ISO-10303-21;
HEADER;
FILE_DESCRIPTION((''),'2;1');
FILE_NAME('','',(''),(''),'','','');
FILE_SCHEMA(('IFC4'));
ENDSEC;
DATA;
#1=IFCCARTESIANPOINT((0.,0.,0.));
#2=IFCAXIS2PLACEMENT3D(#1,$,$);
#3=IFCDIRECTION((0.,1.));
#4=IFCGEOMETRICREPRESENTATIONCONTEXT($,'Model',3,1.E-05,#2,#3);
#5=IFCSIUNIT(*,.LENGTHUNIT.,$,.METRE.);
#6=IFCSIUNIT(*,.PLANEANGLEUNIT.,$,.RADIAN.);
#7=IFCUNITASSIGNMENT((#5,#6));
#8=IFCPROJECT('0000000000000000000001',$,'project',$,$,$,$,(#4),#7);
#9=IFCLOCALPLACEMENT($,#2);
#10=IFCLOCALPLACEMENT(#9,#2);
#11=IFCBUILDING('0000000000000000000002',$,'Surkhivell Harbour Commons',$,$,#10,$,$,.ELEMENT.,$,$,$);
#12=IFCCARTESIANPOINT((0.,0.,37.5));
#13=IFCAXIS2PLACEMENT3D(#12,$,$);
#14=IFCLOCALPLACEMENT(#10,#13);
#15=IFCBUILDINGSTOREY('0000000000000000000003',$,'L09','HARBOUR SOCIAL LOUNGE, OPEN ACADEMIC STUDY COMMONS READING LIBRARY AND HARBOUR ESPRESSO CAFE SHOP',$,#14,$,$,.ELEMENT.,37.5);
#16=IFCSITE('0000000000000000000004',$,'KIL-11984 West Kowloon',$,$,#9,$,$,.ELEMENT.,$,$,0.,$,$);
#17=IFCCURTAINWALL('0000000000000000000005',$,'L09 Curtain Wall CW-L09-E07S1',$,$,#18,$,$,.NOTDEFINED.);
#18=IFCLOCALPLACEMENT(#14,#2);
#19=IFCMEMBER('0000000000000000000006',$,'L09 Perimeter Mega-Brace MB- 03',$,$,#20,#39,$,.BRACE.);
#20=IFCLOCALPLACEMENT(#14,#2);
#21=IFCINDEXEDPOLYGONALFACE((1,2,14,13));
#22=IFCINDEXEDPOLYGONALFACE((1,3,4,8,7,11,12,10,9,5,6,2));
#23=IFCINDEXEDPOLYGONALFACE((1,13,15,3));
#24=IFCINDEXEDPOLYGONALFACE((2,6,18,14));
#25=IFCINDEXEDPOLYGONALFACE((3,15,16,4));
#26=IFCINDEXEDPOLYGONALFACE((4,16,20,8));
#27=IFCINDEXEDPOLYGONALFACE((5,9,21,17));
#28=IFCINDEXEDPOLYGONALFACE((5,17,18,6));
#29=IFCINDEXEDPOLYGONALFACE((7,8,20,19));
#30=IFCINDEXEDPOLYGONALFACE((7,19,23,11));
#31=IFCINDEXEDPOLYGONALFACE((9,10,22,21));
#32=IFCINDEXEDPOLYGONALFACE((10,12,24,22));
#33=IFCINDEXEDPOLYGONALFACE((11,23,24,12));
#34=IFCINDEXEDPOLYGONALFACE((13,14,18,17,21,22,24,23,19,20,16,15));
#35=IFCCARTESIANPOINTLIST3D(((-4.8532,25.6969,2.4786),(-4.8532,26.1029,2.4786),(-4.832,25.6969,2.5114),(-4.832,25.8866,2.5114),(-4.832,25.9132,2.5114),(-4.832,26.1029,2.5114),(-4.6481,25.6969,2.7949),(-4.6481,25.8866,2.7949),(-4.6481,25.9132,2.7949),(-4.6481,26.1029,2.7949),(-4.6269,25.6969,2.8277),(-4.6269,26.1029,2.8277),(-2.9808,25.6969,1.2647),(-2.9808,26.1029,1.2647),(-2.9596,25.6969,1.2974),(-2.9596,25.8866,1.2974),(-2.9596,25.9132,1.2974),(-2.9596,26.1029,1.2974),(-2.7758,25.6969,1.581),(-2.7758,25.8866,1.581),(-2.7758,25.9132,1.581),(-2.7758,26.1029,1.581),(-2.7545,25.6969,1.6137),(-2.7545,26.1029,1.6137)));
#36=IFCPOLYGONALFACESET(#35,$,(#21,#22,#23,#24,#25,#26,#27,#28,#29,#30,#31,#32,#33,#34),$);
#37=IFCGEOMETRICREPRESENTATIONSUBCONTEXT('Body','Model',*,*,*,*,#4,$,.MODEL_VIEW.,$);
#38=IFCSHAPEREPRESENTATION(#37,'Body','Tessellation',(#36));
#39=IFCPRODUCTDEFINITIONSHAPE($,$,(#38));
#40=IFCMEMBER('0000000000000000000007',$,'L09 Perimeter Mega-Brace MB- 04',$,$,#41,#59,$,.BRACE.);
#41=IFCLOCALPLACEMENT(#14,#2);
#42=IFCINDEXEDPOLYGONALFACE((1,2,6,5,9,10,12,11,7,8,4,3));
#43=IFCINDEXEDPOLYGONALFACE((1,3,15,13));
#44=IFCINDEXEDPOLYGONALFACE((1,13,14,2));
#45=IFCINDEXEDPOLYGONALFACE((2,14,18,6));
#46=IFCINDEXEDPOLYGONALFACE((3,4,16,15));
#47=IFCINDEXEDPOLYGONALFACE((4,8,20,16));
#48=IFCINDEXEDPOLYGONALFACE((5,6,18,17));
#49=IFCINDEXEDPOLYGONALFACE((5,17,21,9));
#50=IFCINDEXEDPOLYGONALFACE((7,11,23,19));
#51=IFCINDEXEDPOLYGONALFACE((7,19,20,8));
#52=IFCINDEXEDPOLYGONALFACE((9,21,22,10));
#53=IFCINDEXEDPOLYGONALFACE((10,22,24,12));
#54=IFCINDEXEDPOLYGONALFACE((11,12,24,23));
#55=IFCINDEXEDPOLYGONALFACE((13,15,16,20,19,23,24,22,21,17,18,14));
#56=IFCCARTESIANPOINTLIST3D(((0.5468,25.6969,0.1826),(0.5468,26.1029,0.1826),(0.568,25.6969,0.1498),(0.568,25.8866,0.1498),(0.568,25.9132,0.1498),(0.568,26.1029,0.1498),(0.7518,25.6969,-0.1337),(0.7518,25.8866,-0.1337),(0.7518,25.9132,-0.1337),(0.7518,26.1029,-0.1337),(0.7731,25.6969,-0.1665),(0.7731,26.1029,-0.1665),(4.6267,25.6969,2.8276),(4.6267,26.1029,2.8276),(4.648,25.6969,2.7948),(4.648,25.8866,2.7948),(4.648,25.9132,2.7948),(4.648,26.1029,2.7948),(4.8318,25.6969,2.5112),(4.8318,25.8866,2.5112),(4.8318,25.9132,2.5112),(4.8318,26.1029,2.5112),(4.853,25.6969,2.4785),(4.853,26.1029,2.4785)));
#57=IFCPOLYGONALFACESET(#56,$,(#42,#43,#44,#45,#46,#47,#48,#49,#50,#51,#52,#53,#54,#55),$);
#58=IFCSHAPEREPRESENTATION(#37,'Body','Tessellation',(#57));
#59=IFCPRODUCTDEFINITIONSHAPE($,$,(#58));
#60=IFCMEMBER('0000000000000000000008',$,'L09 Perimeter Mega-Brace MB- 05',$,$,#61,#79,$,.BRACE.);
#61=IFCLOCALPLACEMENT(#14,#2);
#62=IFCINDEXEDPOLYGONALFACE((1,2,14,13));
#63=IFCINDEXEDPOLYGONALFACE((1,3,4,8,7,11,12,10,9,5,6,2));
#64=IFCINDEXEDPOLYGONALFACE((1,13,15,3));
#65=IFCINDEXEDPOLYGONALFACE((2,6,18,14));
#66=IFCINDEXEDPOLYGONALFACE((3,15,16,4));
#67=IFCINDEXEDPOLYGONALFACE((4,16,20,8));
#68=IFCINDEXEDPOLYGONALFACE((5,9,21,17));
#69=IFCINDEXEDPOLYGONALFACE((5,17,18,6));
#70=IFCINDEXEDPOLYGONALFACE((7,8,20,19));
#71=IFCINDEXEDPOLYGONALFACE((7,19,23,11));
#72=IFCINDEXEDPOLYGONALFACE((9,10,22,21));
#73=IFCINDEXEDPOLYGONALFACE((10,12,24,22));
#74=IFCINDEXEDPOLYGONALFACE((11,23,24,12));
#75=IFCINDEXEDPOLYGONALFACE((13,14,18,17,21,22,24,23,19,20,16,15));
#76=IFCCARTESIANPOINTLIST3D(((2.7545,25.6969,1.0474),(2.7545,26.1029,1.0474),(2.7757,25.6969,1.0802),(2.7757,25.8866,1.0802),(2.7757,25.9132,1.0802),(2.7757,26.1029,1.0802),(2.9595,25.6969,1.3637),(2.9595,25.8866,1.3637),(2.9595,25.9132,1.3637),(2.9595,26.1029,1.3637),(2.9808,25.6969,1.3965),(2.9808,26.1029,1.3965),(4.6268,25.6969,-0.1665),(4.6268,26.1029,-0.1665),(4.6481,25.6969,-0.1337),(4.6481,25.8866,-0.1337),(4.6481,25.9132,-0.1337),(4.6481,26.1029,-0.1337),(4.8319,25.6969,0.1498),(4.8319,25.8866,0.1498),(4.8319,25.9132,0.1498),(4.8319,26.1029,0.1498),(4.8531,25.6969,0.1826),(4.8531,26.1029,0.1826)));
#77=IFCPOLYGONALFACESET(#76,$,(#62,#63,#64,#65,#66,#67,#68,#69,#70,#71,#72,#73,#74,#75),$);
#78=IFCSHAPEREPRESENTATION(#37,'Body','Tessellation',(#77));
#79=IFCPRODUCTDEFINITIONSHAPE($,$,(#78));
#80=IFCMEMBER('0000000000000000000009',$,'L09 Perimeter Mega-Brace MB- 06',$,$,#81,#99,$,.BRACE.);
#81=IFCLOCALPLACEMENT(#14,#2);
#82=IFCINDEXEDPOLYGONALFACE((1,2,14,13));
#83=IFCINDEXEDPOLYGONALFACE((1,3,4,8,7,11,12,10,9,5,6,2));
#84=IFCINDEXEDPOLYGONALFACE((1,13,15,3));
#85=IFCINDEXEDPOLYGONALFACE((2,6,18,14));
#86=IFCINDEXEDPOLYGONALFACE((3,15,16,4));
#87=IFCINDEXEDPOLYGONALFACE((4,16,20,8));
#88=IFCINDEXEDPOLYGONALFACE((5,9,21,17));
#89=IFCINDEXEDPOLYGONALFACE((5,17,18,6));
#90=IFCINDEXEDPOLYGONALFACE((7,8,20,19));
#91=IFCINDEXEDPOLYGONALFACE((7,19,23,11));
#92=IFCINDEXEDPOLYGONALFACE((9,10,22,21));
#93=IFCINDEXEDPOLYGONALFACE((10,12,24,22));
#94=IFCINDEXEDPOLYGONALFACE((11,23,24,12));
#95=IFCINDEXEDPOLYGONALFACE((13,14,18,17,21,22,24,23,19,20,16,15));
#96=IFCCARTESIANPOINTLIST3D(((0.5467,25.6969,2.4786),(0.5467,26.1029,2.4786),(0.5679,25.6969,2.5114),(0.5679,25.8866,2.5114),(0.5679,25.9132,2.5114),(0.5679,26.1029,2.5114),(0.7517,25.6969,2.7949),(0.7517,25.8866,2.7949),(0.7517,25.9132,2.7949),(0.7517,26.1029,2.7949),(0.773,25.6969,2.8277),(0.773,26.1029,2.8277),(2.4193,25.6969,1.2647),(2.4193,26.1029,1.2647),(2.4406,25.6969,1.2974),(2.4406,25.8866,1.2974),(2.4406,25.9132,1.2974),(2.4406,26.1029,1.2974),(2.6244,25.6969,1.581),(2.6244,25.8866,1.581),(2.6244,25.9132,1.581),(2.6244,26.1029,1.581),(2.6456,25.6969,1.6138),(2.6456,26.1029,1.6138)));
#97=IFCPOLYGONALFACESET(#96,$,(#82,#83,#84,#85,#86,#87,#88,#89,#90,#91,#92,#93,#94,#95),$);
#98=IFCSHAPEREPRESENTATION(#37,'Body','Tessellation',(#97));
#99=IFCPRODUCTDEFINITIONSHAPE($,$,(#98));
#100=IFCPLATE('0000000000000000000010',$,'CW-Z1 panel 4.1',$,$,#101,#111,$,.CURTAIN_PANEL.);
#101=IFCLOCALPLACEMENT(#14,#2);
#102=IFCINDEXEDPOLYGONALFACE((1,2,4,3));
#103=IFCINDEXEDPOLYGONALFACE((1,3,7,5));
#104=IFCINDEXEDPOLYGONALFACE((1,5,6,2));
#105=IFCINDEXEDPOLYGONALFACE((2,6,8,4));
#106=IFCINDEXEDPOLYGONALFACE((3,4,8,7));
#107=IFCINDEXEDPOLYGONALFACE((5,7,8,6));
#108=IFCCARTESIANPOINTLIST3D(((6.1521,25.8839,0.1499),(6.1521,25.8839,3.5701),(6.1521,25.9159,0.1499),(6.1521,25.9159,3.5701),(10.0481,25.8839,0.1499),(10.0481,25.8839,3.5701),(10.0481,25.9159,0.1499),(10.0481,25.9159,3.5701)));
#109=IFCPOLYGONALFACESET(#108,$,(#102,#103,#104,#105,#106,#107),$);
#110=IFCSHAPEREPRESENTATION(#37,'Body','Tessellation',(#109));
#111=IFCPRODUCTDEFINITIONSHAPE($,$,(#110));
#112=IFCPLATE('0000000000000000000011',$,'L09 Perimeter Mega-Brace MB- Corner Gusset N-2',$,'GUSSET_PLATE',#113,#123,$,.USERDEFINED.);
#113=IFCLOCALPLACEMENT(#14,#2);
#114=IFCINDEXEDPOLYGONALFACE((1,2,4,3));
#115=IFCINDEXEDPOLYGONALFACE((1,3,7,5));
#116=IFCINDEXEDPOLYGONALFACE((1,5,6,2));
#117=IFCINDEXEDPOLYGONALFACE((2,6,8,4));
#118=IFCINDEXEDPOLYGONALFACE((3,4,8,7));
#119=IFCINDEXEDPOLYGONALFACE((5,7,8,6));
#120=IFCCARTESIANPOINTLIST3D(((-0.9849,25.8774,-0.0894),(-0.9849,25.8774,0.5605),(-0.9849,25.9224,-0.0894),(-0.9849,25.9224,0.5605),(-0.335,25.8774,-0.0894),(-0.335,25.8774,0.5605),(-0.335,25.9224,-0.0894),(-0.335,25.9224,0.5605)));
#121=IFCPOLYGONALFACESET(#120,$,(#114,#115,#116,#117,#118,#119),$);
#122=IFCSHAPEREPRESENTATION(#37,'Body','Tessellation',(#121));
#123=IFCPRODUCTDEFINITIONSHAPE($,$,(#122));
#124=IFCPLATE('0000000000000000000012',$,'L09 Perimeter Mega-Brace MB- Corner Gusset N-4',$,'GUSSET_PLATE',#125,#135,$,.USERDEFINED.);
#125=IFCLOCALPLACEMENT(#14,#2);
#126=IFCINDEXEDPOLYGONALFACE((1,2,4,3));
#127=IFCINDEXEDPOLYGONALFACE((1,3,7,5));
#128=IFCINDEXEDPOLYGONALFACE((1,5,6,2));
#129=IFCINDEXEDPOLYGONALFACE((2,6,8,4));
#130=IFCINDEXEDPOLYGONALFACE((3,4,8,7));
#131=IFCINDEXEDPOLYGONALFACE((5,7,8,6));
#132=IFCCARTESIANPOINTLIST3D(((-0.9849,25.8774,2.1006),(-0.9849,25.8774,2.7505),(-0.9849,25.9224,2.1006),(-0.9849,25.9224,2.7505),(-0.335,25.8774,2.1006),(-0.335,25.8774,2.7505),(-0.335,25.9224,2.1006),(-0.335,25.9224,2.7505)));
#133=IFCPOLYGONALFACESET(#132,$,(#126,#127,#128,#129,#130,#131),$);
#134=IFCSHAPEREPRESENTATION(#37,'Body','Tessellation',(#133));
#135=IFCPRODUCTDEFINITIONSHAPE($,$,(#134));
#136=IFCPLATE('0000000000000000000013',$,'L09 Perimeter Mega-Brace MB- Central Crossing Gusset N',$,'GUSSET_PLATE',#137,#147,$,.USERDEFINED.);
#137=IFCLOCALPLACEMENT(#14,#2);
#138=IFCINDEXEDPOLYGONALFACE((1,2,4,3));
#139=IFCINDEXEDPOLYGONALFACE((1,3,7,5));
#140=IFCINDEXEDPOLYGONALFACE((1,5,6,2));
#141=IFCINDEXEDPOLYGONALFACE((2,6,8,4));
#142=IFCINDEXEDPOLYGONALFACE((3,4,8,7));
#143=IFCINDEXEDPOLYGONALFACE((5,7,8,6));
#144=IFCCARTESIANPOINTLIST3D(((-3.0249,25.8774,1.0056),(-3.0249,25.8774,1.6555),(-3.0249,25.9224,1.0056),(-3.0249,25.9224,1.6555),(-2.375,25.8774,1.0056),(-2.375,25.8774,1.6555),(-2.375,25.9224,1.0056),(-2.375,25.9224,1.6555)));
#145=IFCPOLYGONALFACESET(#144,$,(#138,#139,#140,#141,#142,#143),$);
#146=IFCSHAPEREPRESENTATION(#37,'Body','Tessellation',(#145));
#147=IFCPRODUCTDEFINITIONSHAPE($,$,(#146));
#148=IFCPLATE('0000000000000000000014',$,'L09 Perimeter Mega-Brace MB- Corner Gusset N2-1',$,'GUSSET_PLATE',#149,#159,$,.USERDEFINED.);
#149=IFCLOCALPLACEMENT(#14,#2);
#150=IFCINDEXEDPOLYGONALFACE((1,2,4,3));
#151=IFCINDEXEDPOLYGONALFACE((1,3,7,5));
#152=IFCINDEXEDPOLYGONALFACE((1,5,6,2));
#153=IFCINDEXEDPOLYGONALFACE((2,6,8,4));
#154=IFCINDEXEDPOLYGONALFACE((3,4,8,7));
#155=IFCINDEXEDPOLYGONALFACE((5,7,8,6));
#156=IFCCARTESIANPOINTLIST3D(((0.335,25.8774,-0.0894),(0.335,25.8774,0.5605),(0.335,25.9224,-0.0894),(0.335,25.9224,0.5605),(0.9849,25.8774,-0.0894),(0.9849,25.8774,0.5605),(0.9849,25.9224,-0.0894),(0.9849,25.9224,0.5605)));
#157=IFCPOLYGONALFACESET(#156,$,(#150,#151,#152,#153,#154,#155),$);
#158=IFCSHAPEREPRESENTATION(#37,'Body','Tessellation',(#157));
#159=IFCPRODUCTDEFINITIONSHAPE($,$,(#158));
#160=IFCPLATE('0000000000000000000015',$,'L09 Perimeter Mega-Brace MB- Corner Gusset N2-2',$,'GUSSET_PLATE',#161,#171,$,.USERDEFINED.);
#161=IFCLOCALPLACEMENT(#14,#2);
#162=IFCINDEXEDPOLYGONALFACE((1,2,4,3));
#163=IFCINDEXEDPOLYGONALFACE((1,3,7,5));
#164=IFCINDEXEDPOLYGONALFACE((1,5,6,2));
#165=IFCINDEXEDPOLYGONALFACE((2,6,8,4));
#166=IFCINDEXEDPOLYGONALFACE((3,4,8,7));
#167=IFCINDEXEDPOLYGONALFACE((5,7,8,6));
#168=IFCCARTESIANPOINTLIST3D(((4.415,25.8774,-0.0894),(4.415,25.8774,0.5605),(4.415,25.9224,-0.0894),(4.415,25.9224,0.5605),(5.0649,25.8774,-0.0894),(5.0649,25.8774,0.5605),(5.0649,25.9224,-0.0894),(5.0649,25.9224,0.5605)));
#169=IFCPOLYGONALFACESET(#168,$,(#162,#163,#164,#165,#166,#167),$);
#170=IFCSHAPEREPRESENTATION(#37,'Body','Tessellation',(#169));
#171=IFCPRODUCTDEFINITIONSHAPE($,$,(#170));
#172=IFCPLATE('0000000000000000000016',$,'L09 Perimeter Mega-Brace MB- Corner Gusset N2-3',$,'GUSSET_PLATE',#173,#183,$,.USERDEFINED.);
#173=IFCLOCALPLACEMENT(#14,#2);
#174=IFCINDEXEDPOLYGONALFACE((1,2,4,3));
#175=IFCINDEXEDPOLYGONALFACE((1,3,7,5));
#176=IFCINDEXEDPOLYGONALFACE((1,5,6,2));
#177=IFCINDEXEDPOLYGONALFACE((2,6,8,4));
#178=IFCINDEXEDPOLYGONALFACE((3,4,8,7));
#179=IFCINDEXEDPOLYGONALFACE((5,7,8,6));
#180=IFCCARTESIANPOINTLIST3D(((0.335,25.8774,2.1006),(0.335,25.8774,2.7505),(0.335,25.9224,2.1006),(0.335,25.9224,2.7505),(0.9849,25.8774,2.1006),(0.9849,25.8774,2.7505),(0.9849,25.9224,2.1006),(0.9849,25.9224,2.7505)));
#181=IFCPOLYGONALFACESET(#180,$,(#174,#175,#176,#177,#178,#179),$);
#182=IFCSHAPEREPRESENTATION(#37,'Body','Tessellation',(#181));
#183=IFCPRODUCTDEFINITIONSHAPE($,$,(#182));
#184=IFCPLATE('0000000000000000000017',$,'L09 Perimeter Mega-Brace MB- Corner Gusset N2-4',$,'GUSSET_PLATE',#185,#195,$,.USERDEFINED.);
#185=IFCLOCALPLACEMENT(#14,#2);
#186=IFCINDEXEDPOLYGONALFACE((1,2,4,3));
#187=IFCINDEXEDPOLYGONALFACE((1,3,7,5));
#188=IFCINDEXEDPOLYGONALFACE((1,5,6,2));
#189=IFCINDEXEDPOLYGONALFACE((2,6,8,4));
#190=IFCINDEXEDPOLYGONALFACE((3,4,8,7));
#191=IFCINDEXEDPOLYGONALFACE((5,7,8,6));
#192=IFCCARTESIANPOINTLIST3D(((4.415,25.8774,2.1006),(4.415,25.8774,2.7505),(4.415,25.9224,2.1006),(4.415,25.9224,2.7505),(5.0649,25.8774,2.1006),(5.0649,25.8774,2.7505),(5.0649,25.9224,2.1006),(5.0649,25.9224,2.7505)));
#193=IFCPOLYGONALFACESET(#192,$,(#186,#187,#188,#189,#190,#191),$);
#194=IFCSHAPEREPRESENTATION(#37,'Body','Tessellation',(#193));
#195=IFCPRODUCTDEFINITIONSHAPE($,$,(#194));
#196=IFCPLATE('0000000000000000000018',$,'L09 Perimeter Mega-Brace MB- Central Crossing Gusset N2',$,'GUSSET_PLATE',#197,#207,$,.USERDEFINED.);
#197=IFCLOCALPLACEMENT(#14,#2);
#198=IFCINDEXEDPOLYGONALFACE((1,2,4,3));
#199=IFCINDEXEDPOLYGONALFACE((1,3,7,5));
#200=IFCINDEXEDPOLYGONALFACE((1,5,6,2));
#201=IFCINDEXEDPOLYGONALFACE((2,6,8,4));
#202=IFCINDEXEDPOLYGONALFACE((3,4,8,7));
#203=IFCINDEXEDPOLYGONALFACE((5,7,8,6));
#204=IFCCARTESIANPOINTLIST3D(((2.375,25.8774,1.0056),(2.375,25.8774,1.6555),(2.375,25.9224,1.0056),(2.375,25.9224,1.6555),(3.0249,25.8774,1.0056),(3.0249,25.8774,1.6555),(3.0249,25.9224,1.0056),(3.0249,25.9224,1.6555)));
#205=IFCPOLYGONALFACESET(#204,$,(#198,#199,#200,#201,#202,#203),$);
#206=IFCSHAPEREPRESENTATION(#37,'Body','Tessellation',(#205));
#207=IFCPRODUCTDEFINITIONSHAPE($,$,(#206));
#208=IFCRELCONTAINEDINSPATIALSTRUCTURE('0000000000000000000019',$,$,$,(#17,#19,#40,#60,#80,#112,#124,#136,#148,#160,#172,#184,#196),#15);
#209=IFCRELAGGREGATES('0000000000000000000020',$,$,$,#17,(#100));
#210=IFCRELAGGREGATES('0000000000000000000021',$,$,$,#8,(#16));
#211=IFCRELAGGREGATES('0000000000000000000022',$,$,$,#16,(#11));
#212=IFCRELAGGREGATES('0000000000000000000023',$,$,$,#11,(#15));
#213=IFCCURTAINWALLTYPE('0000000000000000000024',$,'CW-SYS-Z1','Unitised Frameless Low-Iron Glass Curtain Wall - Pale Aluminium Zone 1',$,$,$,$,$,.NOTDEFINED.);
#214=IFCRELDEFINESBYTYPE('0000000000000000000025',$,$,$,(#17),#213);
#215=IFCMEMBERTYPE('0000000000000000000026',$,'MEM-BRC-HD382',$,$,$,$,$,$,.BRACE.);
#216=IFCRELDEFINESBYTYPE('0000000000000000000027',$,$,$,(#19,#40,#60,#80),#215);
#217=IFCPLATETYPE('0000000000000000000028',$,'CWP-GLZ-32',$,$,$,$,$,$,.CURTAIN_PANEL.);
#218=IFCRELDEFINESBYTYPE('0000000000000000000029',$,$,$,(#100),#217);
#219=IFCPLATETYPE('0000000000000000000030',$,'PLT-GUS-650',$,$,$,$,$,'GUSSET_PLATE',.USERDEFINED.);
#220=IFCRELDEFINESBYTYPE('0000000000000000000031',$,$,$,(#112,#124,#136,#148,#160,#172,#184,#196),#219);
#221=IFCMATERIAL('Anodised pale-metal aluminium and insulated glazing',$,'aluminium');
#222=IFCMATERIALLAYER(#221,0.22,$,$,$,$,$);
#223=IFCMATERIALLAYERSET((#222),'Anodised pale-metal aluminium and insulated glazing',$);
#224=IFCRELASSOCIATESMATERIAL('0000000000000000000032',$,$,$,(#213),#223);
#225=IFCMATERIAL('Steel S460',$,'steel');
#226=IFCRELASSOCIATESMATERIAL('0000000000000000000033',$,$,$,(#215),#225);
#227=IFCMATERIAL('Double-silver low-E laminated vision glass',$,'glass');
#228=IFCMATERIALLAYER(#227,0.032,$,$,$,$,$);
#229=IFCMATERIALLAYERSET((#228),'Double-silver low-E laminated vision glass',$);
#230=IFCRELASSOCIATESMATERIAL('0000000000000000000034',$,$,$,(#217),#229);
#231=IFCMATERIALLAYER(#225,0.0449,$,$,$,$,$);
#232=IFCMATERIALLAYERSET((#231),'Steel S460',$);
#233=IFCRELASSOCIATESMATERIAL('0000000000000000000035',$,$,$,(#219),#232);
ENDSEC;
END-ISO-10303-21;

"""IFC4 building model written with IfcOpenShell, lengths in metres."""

from ifc_helpers import new_model, si_unit, direction, frame, frame_2d, origin, origin_2d, place, context, subcontext, project, spatial, rectangle, i_section, extrude, material, layer, layer_set, material_profile, profile_set, type_object, element, aggregate, save


model = new_model("IFC4")

# Units and contexts
model_context = context("Model", 3, precision=1e-05, world=origin(), true_north=direction((0.0, 1.0)))
body_context = subcontext(model_context, "Body", "Model", "MODEL_VIEW")
ifc_project = project(units=[si_unit("LENGTHUNIT", "METRE"), si_unit("PLANEANGLEUNIT", "RADIAN")], contexts=[model_context])

# Site, building, storey
site_placement = place(None, origin())
site = spatial("IfcSite", under=ifc_project, at=site_placement, Name="KIL-11984 West Kowloon", CompositionType="ELEMENT", RefElevation=0.0)
building_placement = place(site_placement, origin())
building = spatial("IfcBuilding", under=site, at=building_placement, Name="Surkhivell Harbour Commons", CompositionType="ELEMENT")
storey_placement = place(building_placement, frame((0.0, 0.0, 37.5)))
storey = spatial("IfcBuildingStorey", under=building, at=storey_placement, Name="L09", Description="HARBOUR SOCIAL LOUNGE, OPEN ACADEMIC STUDY COMMONS READING LIBRARY AND HARBOUR ESPRESSO CAFE SHOP", CompositionType="ELEMENT", Elevation=37.5)

# Shared definitions
ifc_material_1 = material(Name="Steel S460", Category="steel")

# Curtain wall
ifc_material_2 = material(Name="Anodised pale-metal aluminium and insulated glazing", Category="aluminium")
ifc_layer_1 = layer(ifc_material_2, 0.22)
ifc_layer_set_1 = layer_set([ifc_layer_1], Name="Anodised pale-metal aluminium and insulated glazing")
curtain_wall_type = type_object("IfcCurtainWallType", Name="CW-SYS-Z1", Description="Unitised Frameless Low-Iron Glass Curtain Wall - Pale Aluminium Zone 1", PredefinedType="NOTDEFINED", material=ifc_layer_set_1)
curtain_wall_placement = place(storey_placement, origin())
curtain_wall = element("IfcCurtainWall", 1, at=curtain_wall_placement, inside=storey, type_object=curtain_wall_type, Name="L09 Curtain Wall CW-L09-E07S1", PredefinedType="NOTDEFINED")

# Members
ifc_material_profile_1 = material_profile(ifc_material_1, i_section(OverallWidth=0.406, OverallDepth=0.416, WebThickness=0.0266, FlangeThickness=0.0391, at=origin_2d()), Name="HD400x382")
ifc_profile_set_1 = profile_set([ifc_material_profile_1], Name="Steel S460")
member_type_1 = type_object("IfcMemberType", Name="MEM-BRC-HD382", PredefinedType="BRACE", material=ifc_profile_set_1)
member_1_placement = place(storey_placement, frame((-2.8677, 25.8999, 1.4392), z_axis=(-0.839085, 0.0, 0.544), x_axis=(0.0, -1.0, 0.0)))
element("IfcMember", 2, at=member_1_placement, inside=storey, type_object=member_type_1, Name="L09 Perimeter Mega-Brace MB- 03", PredefinedType="BRACE", context=body_context, shape_type="SweptSolid", body=[
    extrude(i_section(OverallWidth=0.406, OverallDepth=0.416, WebThickness=0.0266, FlangeThickness=0.0391, at=origin_2d()), origin(), (0.0, 0.0, 1.0), 2.2314),
])
member_2_placement = place(storey_placement, frame((0.6599, 25.8999, 0.0081), z_axis=(0.839104, 0.0, 0.543971), x_axis=(0.0, 1.0, 0.0)))
element("IfcMember", 3, at=member_2_placement, inside=storey, type_object=member_type_1, Name="L09 Perimeter Mega-Brace MB- 04", PredefinedType="BRACE", context=body_context, shape_type="SweptSolid", body=[
    extrude(i_section(OverallWidth=0.406, OverallDepth=0.416, WebThickness=0.0266, FlangeThickness=0.0391, at=origin_2d()), origin(), (0.0, 0.0, 1.0), 4.8623),
])
member_3_placement = place(storey_placement, frame((4.74, 25.8999, 0.0081), z_axis=(-0.839085, 0.0, 0.544), x_axis=(0.0, -1.0, 0.0)))
element("IfcMember", 4, at=member_3_placement, inside=storey, type_object=member_type_1, Name="L09 Perimeter Mega-Brace MB- 05", PredefinedType="BRACE", context=body_context, shape_type="SweptSolid", body=[
    extrude(i_section(OverallWidth=0.406, OverallDepth=0.416, WebThickness=0.0266, FlangeThickness=0.0391, at=origin_2d()), origin(), (0.0, 0.0, 1.0), 2.2314),
])
member_4_placement = place(storey_placement, frame((2.5325, 25.8999, 1.4392), z_axis=(-0.839118, 0.0, 0.54395), x_axis=(0.0, -1.0, 0.0)))
element("IfcMember", 5, at=member_4_placement, inside=storey, type_object=member_type_1, Name="L09 Perimeter Mega-Brace MB- 06", PredefinedType="BRACE", context=body_context, shape_type="SweptSolid", body=[
    extrude(i_section(OverallWidth=0.406, OverallDepth=0.416, WebThickness=0.0266, FlangeThickness=0.0391, at=origin_2d()), origin(), (0.0, 0.0, 1.0), 2.2317),
])

# Plate
ifc_material_3 = material(Name="Double-silver low-E laminated vision glass", Category="glass")
ifc_layer_2 = layer(ifc_material_3, 0.032)
ifc_layer_set_2 = layer_set([ifc_layer_2], Name="Double-silver low-E laminated vision glass")
plate_type_1 = type_object("IfcPlateType", Name="CWP-GLZ-32", PredefinedType="CURTAIN_PANEL", material=ifc_layer_set_2)
plate_placement = place(storey_placement, frame((10.0481, 25.8999, 0.1499), z_axis=(0.0, 0.0, 1.0), x_axis=(-1.0, 0.0, 0.0)))
plate = element("IfcPlate", 6, at=plate_placement, type_object=plate_type_1, Name="CW-Z1 panel 4.1", PredefinedType="CURTAIN_PANEL", context=body_context, shape_type="SweptSolid", body=[
    extrude(rectangle(XDim=3.896, YDim=0.032, at=frame_2d((1.948, 0.0))), origin(), (0.0, 0.0, 1.0), 3.4202),
])
aggregate(curtain_wall, [plate])

# Plates
ifc_layer_3 = layer(ifc_material_1, 0.0449)
ifc_layer_set_3 = layer_set([ifc_layer_3], Name="Steel S460")
plate_type_2 = type_object("IfcPlateType", Name="PLT-GUS-650", ElementType="GUSSET_PLATE", PredefinedType="USERDEFINED", material=ifc_layer_set_3)
for number, where, z_axis, x_axis, name in (
    (7, (-0.6599, 25.8999, -0.0894), (0.0, 0.0, 1.0), (1.0, 0.0, 0.0), "L09 Perimeter Mega-Brace MB- Corner Gusset N-2"),
    (8, (-0.6599, 25.8999, 2.1006), (0.0, 0.0, 1.0), (1.0, 0.0, 0.0), "L09 Perimeter Mega-Brace MB- Corner Gusset N-4"),
    (9, (-2.7, 25.8999, 1.0056), (0.0, 0.0, 1.0), (1.0, 0.0, 0.0), "L09 Perimeter Mega-Brace MB- Central Crossing Gusset N"),
    (10, (0.6599, 25.8999, -0.0894), (0.0, 0.0, 1.0), (1.0, 0.0, 0.0), "L09 Perimeter Mega-Brace MB- Corner Gusset N2-1"),
    (11, (4.74, 25.8999, -0.0894), (0.0, 0.0, 1.0), (1.0, 0.0, 0.0), "L09 Perimeter Mega-Brace MB- Corner Gusset N2-2"),
    (12, (0.6599, 25.8999, 2.1006), (0.0, 0.0, 1.0), (1.0, 0.0, 0.0), "L09 Perimeter Mega-Brace MB- Corner Gusset N2-3"),
    (13, (4.74, 25.8999, 2.1006), (0.0, 0.0, 1.0), (1.0, 0.0, 0.0), "L09 Perimeter Mega-Brace MB- Corner Gusset N2-4"),
    (14, (2.7, 25.8999, 1.0056), (0.0, 0.0, 1.0), (1.0, 0.0, 0.0), "L09 Perimeter Mega-Brace MB- Central Crossing Gusset N2"),
):
    element("IfcPlate", number, at=place(storey_placement, frame(where, z_axis=z_axis, x_axis=x_axis)), inside=storey, type_object=plate_type_2, Name=name, ObjectType="GUSSET_PLATE", PredefinedType="USERDEFINED", context=body_context, shape_type="SweptSolid", body=[
        extrude(rectangle(XDim=0.6499, YDim=0.0449, at=origin_2d()), origin(), (0.0, 0.0, 1.0), 0.6499),
    ])

save(model, "model.ifc")
